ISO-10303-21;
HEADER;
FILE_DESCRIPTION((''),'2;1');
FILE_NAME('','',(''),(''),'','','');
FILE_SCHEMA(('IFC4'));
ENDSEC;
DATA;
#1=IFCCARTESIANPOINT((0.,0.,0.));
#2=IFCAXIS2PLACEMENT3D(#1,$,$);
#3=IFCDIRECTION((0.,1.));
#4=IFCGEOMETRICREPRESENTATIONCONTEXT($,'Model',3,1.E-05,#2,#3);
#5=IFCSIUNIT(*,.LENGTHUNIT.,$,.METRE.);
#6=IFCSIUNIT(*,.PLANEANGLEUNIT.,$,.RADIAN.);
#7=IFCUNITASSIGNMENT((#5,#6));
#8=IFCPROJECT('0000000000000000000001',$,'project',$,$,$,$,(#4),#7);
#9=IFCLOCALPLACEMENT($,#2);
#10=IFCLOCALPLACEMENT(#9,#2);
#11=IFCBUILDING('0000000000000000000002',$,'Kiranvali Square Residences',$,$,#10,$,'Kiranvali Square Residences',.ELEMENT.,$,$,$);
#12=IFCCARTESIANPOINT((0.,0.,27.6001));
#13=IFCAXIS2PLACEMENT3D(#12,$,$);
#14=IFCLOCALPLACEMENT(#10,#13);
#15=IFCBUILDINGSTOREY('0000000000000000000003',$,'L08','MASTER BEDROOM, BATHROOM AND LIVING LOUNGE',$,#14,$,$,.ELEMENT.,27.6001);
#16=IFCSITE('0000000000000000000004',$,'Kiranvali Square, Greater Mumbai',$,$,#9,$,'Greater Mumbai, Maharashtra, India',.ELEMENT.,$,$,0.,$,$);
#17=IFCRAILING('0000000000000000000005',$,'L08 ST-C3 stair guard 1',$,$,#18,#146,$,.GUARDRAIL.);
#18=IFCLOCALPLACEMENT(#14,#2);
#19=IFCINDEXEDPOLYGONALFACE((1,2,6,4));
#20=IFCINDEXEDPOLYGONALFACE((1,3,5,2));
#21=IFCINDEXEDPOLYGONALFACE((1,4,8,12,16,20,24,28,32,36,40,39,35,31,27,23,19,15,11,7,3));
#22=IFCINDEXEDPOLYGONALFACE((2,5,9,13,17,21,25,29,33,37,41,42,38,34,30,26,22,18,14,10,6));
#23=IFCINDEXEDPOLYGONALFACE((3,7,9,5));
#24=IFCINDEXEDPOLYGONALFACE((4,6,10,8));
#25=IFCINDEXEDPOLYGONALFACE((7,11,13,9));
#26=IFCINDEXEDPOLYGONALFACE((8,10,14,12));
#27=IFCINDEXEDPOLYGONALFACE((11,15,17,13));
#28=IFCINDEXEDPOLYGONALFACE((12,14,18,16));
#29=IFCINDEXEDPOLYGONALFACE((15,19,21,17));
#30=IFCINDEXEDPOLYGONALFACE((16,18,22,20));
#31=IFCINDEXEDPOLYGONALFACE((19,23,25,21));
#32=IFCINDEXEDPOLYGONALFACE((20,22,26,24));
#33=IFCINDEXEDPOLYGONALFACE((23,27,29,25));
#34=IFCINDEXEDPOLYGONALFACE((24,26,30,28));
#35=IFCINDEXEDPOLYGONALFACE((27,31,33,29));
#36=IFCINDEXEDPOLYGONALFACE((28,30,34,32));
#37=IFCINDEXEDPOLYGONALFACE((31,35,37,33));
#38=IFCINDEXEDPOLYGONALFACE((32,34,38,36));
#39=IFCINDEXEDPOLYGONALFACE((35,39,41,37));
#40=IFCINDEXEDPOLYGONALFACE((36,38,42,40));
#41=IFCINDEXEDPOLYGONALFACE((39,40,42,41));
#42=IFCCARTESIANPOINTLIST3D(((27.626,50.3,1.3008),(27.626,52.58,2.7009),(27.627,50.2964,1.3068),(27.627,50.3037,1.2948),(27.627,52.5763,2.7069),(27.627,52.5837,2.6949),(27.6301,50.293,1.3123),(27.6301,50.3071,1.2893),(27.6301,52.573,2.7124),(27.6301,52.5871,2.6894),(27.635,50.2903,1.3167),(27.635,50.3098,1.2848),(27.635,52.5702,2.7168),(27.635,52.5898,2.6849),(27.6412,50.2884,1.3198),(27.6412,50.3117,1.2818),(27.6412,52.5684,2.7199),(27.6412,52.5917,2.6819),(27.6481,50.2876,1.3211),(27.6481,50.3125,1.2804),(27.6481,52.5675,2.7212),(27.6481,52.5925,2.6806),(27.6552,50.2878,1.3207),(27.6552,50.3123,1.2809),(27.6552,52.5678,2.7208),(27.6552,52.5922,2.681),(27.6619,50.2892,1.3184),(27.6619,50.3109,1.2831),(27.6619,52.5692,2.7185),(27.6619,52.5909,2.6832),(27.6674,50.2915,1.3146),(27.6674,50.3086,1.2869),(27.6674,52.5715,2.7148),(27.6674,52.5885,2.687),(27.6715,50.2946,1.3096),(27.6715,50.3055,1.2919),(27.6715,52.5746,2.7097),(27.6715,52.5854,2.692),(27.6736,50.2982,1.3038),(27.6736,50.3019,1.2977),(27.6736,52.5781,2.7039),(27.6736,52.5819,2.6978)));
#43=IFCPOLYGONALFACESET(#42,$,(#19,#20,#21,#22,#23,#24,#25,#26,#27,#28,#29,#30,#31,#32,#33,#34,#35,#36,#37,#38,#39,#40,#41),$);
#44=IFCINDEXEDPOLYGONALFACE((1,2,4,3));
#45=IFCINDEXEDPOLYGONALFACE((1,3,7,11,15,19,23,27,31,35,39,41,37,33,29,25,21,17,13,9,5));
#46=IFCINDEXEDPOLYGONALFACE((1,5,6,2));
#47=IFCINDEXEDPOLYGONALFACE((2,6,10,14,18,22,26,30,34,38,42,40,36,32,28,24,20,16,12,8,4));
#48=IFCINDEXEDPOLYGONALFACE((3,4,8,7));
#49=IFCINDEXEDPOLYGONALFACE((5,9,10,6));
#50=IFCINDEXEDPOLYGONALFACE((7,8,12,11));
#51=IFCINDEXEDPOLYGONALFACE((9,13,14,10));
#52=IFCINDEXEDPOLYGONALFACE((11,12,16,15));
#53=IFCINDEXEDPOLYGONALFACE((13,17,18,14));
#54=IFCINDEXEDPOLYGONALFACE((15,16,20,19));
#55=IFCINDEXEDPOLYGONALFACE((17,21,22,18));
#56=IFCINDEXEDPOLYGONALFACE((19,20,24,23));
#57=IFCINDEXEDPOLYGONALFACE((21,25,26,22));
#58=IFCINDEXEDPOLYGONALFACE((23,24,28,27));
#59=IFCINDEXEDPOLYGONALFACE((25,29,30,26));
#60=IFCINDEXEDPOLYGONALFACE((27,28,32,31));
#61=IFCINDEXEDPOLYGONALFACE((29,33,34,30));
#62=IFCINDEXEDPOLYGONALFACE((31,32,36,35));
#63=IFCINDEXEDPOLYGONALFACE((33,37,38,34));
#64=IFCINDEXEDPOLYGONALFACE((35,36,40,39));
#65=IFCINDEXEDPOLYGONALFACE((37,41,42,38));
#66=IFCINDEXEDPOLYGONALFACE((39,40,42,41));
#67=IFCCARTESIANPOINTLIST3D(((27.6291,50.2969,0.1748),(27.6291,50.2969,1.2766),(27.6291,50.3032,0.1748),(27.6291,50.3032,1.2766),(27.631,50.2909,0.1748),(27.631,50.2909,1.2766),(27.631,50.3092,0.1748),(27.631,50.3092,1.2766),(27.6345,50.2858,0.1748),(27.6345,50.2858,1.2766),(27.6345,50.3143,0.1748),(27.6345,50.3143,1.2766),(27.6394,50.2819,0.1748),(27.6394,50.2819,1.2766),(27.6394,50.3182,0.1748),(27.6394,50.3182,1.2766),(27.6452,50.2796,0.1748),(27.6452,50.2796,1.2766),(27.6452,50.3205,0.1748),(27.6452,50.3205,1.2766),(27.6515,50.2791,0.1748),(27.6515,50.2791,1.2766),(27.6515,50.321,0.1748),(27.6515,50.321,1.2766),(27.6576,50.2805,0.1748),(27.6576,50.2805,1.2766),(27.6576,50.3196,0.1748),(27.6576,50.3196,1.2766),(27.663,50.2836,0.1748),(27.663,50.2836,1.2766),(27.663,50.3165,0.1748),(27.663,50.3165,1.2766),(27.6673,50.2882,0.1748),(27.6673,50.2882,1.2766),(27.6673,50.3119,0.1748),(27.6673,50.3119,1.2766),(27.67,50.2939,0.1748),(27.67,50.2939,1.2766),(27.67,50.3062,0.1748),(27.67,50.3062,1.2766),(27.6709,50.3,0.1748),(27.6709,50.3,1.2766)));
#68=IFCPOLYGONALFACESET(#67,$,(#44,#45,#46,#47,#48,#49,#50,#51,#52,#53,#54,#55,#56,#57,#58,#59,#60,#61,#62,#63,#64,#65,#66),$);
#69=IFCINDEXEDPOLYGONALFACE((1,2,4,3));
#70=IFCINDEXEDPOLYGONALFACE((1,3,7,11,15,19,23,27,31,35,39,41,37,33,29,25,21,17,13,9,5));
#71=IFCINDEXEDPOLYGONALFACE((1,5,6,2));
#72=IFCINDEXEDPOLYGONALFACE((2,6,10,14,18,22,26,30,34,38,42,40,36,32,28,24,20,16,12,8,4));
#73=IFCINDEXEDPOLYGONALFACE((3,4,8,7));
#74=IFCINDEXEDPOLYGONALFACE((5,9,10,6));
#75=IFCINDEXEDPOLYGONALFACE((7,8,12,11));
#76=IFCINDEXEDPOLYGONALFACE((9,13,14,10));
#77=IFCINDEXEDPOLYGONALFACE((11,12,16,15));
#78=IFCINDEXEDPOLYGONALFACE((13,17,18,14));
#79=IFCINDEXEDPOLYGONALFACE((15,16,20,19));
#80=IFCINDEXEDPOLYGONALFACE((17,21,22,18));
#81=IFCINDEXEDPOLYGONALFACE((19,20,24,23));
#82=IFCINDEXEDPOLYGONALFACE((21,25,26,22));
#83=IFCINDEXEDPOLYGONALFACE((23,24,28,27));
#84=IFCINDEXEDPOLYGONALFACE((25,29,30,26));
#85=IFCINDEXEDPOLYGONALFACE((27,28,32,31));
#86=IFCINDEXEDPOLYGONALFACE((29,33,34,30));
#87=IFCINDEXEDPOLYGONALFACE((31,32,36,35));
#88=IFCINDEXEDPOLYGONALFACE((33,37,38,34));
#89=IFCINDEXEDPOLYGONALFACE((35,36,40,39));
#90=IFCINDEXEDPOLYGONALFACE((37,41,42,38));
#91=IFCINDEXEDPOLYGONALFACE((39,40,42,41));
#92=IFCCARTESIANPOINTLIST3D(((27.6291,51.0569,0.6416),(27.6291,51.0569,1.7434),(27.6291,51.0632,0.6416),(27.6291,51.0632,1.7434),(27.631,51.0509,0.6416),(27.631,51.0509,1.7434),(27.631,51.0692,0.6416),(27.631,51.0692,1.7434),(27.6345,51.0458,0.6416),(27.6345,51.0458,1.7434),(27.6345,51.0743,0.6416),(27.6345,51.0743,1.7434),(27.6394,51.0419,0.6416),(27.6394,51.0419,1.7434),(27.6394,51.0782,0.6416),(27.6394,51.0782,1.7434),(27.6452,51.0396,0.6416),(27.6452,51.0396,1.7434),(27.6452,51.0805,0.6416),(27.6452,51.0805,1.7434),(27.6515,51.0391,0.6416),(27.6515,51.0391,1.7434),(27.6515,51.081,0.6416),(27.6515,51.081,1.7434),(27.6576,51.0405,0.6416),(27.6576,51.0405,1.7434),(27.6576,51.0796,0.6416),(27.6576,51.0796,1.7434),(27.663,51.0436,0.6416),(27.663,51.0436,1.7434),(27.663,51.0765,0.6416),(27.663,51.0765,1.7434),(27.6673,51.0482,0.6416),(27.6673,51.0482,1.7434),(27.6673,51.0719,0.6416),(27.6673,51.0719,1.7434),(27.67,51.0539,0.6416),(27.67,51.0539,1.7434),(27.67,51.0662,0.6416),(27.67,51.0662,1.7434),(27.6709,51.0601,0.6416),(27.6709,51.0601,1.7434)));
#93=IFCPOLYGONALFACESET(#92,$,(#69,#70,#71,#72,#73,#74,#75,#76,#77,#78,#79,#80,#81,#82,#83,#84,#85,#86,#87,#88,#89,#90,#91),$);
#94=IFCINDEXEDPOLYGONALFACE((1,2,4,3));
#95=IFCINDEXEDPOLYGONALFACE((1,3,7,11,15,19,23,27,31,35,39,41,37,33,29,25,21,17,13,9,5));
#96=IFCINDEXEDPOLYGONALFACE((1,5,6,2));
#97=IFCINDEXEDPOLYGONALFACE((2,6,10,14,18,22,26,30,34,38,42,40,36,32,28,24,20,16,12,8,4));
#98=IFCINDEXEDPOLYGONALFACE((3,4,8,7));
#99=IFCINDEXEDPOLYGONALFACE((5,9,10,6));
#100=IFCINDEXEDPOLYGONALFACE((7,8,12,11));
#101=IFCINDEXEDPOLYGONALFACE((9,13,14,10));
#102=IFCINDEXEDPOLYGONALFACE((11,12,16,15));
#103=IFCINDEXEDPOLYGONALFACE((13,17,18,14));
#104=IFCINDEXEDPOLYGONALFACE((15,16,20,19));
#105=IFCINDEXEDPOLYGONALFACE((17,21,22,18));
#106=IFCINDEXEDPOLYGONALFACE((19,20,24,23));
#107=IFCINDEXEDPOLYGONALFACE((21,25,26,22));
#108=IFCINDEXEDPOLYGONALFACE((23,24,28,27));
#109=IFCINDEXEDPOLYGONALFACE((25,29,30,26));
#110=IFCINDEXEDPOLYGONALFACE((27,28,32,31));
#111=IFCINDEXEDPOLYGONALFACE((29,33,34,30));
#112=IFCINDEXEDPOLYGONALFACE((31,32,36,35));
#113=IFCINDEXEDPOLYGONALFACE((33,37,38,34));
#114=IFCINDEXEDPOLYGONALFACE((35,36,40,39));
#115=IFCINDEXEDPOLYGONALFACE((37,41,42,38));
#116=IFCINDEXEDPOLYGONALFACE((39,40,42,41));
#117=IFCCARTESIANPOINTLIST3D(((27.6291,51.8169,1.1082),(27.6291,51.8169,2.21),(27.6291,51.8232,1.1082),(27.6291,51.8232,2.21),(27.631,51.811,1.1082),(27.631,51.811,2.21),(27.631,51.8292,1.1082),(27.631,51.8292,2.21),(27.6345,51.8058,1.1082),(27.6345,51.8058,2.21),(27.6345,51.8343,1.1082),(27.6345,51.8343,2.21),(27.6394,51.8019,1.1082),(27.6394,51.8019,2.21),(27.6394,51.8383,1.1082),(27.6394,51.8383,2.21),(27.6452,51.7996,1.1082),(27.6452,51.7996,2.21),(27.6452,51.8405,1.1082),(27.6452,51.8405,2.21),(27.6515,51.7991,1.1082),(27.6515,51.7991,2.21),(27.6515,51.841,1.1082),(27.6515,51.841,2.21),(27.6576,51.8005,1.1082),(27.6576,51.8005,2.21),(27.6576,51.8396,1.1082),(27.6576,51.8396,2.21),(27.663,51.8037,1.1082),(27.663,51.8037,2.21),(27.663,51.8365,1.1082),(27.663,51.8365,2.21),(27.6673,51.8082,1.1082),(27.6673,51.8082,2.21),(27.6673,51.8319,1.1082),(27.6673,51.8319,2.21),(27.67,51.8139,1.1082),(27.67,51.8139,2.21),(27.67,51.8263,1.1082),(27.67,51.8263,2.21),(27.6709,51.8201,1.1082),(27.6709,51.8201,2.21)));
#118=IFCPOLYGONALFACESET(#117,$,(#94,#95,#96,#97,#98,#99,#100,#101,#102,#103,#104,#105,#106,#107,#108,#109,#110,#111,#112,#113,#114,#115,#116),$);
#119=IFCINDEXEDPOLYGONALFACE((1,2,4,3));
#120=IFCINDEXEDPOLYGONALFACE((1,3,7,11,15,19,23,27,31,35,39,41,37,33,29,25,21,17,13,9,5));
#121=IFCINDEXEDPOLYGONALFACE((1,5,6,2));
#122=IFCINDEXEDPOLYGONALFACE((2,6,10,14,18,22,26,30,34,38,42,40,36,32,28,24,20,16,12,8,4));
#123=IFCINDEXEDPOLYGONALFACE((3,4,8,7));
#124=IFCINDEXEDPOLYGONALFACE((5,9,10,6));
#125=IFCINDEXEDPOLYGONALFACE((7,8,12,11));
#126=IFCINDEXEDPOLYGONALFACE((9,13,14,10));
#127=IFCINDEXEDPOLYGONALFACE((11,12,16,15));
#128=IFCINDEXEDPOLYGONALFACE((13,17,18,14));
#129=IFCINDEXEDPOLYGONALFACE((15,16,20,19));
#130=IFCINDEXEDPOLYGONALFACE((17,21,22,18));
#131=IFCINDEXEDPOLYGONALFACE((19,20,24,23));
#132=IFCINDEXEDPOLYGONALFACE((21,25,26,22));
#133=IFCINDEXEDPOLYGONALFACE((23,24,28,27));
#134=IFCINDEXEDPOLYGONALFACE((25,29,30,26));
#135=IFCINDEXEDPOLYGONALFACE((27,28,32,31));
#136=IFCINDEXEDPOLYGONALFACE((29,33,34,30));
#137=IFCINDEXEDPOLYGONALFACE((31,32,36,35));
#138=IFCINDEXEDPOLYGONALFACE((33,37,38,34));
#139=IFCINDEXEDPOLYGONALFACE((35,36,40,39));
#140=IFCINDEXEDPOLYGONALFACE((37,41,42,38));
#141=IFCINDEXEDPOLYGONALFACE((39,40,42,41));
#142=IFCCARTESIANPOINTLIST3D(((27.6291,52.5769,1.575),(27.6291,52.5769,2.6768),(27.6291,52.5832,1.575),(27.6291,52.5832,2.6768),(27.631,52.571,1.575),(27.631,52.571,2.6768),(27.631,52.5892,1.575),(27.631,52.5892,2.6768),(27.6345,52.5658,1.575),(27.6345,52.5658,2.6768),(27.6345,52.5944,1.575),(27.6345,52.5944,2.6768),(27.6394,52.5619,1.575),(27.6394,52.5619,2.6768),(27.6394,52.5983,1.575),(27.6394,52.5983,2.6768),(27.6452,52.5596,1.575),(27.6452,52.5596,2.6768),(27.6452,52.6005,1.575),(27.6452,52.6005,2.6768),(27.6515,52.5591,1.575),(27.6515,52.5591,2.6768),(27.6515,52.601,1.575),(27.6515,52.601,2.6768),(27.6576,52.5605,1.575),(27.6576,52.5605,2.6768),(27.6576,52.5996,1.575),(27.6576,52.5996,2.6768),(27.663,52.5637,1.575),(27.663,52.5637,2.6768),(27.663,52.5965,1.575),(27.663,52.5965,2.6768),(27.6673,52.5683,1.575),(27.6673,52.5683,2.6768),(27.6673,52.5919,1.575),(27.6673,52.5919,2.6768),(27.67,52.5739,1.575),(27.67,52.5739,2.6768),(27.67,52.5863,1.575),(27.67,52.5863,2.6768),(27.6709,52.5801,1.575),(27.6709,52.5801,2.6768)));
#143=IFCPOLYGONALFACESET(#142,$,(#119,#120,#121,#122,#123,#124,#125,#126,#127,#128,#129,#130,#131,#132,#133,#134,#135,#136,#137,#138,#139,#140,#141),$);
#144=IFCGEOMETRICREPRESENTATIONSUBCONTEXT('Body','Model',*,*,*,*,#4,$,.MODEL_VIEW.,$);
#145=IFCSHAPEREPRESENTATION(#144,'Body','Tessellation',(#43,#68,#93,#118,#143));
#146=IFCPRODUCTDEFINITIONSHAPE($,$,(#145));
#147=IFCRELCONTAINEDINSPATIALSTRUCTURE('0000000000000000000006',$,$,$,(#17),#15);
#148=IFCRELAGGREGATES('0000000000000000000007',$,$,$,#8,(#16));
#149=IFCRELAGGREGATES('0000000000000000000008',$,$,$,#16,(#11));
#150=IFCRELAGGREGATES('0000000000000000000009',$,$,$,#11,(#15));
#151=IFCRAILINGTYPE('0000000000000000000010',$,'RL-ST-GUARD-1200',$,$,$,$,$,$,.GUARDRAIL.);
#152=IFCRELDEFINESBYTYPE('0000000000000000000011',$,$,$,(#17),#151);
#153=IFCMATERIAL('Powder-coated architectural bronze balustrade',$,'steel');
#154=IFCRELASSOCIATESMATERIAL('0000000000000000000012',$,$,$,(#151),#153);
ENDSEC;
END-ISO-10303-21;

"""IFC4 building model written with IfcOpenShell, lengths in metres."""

from ifc_helpers import new_model, si_unit, direction, frame, origin, origin_2d, place, context, subcontext, project, spatial, circle, extrude, material, type_object, element, save


model = new_model("IFC4")

# Units and contexts
model_context = context("Model", 3, precision=1e-05, world=origin(), true_north=direction((0.0, 1.0)))
body_context = subcontext(model_context, "Body", "Model", "MODEL_VIEW")
ifc_project = project(units=[si_unit("LENGTHUNIT", "METRE"), si_unit("PLANEANGLEUNIT", "RADIAN")], contexts=[model_context])

# Site, building, storey
site_placement = place(None, origin())
site = spatial("IfcSite", under=ifc_project, at=site_placement, Name="Kiranvali Square, Greater Mumbai", LongName="Greater Mumbai, Maharashtra, India", CompositionType="ELEMENT", RefElevation=0.0)
building_placement = place(site_placement, origin())
building = spatial("IfcBuilding", under=site, at=building_placement, Name="Kiranvali Square Residences", LongName="Kiranvali Square Residences", CompositionType="ELEMENT")
storey_placement = place(building_placement, frame((0.0, 0.0, 27.6001)))
storey = spatial("IfcBuildingStorey", under=building, at=storey_placement, Name="L08", Description="MASTER BEDROOM, BATHROOM AND LIVING LOUNGE", CompositionType="ELEMENT", Elevation=27.6001)

# Railing
ifc_material_1 = material(Name="Powder-coated architectural bronze balustrade", Category="steel")
railing_type_1 = type_object("IfcRailingType", Name="RL-ST-GUARD-1200", PredefinedType="GUARDRAIL", material=ifc_material_1)
railing_1_placement = place(storey_placement, frame((27.6499, 50.3, 0.1748)))
element("IfcRailing", 1, at=railing_1_placement, inside=storey, type_object=railing_type_1, Name="L08 ST-C3 stair guard 1", PredefinedType="GUARDRAIL", context=body_context, shape_type="SweptSolid", body=[
    extrude(circle(Radius=0.0239, at=origin_2d()), frame((0.0, 0.0, 1.126), z_axis=(0.0, 0.85215, 0.523298), x_axis=(-1.0, 0.0, 0.0)), (0.0, 0.0, 1.0), 2.6755),
    extrude(circle(Radius=0.021, at=origin_2d()), origin(), (0.0, 0.0, 1.0), 1.1018),
    extrude(circle(Radius=0.021, at=origin_2d()), frame((0.0, 0.76, 0.4668)), (0.0, 0.0, 1.0), 1.1018),
    extrude(circle(Radius=0.021, at=origin_2d()), frame((0.0, 1.52, 0.9333)), (0.0, 0.0, 1.0), 1.1018),
    extrude(circle(Radius=0.021, at=origin_2d()), frame((0.0, 2.28, 1.4001)), (0.0, 0.0, 1.0), 1.1018),
])

save(model, "model.ifc")
